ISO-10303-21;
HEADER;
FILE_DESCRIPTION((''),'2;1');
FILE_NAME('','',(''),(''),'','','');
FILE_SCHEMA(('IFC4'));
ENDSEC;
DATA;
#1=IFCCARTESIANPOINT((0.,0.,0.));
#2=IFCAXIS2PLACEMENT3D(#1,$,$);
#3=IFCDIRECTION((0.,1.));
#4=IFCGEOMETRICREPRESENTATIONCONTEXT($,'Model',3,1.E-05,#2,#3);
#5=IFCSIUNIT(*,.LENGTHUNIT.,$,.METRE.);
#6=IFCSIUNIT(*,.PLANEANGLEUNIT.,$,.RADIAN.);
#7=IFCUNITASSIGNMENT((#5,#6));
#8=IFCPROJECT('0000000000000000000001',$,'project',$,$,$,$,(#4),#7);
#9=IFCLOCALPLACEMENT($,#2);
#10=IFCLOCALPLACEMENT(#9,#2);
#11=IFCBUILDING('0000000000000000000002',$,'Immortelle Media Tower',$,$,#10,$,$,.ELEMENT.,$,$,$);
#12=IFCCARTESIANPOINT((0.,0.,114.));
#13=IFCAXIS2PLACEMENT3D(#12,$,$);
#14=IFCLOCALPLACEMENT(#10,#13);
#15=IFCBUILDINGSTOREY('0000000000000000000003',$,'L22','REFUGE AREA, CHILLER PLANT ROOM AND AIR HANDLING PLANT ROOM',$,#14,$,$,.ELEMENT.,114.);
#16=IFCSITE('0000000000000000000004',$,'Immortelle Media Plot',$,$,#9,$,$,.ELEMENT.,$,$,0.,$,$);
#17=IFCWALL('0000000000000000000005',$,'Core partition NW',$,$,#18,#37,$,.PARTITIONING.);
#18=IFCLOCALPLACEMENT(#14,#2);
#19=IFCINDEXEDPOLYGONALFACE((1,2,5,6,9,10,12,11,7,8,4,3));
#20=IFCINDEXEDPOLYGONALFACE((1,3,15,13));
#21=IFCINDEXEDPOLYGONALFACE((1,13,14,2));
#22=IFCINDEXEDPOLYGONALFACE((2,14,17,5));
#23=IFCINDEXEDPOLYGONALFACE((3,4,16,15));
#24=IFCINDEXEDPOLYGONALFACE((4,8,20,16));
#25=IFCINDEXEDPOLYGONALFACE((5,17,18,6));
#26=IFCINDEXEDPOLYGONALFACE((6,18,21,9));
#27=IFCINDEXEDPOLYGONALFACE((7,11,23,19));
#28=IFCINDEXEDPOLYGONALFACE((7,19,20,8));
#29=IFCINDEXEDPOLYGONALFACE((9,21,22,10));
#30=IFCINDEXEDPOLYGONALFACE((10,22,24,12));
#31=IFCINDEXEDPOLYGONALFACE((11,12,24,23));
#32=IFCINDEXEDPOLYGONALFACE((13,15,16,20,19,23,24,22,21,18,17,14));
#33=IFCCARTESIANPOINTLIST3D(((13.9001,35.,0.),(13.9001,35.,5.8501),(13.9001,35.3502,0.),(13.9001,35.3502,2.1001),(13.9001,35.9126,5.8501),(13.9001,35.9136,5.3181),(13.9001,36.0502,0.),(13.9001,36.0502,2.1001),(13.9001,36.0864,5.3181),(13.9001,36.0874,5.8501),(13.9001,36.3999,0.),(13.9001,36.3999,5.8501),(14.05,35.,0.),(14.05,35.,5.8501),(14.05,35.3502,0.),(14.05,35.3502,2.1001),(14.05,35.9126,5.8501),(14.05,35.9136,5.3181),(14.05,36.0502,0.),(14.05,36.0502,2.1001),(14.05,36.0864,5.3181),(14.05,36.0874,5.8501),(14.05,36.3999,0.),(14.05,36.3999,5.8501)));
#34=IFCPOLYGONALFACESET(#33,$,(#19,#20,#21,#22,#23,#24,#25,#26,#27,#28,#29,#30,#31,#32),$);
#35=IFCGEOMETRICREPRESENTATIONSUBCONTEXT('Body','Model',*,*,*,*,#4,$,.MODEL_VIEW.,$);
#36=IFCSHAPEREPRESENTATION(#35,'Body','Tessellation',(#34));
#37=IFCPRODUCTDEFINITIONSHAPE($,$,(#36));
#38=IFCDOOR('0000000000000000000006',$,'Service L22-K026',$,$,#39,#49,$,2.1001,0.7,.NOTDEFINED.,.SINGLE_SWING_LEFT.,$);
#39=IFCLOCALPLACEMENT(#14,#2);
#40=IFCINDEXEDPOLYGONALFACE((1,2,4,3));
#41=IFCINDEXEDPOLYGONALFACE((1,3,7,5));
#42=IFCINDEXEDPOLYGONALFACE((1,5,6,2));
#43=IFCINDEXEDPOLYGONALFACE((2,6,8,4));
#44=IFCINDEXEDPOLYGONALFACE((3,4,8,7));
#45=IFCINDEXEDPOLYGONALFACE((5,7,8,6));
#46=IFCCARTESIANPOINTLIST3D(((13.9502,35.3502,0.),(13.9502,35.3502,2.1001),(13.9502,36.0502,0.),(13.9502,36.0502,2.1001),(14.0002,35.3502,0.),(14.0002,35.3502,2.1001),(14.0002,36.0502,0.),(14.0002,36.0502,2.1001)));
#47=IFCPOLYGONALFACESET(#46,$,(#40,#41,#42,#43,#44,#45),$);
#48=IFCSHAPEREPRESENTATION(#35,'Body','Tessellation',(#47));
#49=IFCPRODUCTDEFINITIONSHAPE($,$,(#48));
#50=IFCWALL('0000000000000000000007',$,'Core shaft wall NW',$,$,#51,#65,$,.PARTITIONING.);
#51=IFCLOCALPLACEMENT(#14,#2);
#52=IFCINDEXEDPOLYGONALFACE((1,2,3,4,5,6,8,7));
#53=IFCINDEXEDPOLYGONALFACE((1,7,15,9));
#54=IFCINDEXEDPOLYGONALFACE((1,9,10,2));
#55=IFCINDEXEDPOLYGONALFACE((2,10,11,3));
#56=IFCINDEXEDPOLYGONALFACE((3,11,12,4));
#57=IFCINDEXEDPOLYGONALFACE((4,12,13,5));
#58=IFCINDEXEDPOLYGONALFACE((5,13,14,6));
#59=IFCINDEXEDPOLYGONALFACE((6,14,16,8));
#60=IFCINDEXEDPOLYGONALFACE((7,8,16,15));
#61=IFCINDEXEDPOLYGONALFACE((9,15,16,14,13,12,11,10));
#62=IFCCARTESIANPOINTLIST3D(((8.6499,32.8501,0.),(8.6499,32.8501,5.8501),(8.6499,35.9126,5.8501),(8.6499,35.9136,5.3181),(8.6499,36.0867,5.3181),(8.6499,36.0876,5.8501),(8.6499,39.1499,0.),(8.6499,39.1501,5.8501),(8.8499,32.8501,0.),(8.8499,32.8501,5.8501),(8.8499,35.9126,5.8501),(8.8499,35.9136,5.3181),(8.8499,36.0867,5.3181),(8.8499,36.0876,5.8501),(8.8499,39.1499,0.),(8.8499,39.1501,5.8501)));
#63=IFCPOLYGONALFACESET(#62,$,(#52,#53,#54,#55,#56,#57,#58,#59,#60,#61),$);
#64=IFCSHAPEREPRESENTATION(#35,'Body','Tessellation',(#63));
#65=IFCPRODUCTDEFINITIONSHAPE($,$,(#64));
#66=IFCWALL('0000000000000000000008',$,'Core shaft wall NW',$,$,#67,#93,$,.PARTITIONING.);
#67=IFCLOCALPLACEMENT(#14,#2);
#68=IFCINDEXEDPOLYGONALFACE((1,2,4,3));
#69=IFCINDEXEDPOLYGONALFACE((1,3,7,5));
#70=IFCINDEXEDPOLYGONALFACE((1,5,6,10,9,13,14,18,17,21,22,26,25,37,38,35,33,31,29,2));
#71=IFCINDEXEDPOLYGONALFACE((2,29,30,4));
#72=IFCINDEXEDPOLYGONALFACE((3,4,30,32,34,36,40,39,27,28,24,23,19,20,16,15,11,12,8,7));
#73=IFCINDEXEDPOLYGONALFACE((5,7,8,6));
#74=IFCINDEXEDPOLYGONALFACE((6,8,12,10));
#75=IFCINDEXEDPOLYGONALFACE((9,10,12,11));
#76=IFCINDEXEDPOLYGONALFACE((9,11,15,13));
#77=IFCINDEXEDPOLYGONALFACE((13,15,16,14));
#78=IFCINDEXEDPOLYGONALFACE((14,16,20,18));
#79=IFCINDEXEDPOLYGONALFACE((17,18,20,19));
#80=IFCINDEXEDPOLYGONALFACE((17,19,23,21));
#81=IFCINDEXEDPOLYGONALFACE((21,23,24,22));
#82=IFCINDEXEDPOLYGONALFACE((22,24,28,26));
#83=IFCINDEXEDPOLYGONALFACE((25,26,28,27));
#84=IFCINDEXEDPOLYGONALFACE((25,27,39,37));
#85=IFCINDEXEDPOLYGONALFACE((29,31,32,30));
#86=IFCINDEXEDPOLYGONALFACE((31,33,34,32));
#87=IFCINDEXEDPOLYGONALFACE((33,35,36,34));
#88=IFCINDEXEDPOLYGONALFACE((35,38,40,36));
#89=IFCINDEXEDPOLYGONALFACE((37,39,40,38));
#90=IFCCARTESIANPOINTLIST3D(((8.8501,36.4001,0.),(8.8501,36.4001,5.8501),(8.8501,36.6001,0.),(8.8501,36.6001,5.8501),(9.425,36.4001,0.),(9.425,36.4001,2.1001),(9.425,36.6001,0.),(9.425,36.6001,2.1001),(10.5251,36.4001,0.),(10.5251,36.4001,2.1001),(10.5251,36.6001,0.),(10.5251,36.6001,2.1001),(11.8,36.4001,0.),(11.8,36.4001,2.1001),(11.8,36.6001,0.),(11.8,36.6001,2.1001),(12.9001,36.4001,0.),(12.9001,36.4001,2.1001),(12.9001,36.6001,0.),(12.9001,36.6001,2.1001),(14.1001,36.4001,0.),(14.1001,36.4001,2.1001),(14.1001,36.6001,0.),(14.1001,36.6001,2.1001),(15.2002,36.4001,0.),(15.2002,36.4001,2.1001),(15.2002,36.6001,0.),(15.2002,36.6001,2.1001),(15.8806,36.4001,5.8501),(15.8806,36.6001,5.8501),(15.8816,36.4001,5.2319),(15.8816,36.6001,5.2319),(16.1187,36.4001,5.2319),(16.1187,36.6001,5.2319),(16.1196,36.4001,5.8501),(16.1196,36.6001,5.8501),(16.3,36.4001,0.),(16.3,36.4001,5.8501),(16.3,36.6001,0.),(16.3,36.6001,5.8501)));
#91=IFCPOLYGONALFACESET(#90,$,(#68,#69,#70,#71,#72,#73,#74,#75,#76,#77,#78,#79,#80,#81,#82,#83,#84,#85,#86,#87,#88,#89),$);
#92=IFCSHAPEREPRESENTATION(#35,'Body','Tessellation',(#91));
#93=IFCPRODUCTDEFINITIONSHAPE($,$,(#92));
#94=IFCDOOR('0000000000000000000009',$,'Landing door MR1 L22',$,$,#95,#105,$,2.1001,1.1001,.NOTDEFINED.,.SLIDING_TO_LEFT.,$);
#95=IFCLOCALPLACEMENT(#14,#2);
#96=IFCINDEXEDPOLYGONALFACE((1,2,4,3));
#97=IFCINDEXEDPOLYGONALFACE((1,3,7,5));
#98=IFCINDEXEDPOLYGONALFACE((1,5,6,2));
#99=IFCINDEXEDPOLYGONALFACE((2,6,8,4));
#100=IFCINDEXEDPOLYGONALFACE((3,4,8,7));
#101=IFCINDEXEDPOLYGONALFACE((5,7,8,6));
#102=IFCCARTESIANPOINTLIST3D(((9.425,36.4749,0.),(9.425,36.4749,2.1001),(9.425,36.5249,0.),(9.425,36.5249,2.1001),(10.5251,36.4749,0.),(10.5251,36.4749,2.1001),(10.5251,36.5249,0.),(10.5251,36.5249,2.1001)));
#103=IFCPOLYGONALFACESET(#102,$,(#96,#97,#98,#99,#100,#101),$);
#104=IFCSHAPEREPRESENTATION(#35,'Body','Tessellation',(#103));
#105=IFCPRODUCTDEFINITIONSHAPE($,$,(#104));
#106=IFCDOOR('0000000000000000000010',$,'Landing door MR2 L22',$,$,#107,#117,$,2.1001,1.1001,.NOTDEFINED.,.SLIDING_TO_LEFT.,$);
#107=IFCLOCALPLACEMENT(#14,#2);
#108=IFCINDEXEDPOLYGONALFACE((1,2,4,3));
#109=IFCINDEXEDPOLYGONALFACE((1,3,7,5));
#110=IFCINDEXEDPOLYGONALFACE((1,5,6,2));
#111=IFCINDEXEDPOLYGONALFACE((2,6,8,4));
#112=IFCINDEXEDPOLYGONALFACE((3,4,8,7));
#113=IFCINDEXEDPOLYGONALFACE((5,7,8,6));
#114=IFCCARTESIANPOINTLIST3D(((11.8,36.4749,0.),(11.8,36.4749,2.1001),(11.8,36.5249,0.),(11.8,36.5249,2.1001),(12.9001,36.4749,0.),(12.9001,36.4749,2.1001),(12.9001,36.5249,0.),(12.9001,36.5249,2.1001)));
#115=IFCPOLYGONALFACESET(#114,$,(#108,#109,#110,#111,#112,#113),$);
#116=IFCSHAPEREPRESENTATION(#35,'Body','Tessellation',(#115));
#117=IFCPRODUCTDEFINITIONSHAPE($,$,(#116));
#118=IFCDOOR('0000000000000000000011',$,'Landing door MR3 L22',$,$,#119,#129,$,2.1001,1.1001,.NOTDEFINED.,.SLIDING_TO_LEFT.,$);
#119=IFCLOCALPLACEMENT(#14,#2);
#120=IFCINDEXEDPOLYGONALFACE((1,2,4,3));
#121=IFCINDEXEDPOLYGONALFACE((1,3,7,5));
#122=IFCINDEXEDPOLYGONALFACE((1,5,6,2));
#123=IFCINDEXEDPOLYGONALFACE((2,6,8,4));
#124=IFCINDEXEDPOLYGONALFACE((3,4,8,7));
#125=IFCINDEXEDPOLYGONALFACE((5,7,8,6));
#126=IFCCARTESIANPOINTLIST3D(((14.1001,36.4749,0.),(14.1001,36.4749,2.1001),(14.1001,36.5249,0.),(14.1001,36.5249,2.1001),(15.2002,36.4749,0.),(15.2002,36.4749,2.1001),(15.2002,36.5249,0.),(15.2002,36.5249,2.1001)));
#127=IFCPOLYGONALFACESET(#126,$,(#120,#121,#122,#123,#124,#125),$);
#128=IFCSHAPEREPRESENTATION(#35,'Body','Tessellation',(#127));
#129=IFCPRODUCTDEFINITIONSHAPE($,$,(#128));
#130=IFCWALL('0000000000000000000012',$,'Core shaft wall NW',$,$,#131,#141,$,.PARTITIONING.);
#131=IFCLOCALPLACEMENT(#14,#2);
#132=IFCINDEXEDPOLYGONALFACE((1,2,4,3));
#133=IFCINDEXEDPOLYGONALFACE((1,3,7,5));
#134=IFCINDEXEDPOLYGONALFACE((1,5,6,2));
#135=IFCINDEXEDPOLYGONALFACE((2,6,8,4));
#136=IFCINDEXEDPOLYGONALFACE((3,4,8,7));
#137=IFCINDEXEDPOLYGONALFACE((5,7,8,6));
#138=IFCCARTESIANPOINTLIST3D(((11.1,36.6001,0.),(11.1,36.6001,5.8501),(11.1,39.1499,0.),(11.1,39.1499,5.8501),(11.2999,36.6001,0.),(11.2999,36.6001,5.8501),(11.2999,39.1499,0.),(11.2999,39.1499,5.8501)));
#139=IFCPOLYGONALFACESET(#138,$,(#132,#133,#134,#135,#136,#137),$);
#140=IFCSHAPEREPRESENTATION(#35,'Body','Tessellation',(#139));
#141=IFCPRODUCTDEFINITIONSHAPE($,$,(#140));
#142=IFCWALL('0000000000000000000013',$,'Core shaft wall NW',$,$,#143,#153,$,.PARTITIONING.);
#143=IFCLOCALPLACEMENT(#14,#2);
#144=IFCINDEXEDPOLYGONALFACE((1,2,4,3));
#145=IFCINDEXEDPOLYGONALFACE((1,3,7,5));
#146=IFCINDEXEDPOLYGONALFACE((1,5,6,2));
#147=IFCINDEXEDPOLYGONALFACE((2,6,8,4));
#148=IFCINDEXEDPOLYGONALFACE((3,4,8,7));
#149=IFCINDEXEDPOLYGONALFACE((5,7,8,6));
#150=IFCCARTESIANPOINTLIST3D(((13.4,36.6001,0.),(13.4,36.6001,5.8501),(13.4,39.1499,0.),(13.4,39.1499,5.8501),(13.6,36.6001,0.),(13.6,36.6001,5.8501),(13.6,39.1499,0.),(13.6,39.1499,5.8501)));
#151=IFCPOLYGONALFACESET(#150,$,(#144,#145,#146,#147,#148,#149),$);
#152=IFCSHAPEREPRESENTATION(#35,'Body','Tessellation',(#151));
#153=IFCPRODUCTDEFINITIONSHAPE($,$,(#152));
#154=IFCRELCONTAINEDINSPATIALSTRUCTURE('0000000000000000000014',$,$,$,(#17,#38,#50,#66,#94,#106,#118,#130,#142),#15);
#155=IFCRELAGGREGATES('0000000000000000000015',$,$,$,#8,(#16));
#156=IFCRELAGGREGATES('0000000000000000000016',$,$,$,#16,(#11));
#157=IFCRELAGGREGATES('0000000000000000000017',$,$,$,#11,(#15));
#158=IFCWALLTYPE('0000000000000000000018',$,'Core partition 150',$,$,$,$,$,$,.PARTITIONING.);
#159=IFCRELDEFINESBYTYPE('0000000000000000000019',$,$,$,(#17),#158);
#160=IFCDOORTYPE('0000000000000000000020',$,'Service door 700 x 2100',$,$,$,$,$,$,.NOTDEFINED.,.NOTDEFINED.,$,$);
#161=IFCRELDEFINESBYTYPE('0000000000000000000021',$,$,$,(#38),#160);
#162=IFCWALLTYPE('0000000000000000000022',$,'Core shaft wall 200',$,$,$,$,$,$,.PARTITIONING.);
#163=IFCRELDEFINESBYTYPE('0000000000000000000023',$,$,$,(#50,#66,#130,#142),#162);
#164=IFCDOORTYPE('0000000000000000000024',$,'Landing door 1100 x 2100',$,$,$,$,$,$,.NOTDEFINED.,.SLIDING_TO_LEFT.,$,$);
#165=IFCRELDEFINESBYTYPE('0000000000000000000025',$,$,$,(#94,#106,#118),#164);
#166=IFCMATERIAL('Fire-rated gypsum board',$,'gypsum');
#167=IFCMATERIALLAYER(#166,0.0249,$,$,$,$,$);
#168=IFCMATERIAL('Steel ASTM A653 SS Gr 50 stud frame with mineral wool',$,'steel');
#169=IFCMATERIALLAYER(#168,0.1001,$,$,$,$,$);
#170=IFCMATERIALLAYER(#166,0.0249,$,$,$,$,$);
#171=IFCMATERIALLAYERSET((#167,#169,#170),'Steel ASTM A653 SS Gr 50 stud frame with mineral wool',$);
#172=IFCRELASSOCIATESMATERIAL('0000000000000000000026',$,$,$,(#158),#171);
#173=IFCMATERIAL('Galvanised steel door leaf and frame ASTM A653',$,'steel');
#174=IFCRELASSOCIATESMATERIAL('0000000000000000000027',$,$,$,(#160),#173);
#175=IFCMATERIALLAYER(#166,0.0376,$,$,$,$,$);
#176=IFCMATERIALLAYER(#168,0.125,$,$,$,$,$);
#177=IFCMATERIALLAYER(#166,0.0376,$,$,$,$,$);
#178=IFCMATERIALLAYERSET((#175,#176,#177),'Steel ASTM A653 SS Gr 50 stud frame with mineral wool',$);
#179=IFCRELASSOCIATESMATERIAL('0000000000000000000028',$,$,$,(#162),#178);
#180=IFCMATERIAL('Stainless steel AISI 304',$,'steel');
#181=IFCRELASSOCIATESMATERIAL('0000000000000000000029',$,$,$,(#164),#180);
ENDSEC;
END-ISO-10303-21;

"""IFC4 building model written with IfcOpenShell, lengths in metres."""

from ifc_helpers import new_model, si_unit, direction, frame, frame_2d, origin, place, context, subcontext, project, spatial, polyline, rectangle, outline, extrude, material, layer, layer_set, type_object, element, fill, save


model = new_model("IFC4")

# Units and contexts
model_context = context("Model", 3, precision=1e-05, world=origin(), true_north=direction((0.0, 1.0)))
body_context = subcontext(model_context, "Body", "Model", "MODEL_VIEW")
ifc_project = project(units=[si_unit("LENGTHUNIT", "METRE"), si_unit("PLANEANGLEUNIT", "RADIAN")], contexts=[model_context])

# Site, building, storey
site_placement = place(None, origin())
site = spatial("IfcSite", under=ifc_project, at=site_placement, Name="Immortelle Media Plot", CompositionType="ELEMENT", RefElevation=0.0)
building_placement = place(site_placement, origin())
building = spatial("IfcBuilding", under=site, at=building_placement, Name="Immortelle Media Tower", CompositionType="ELEMENT")
storey_placement = place(building_placement, frame((0.0, 0.0, 114.0)))
storey = spatial("IfcBuildingStorey", under=building, at=storey_placement, Name="L22", Description="REFUGE AREA, CHILLER PLANT ROOM AND AIR HANDLING PLANT ROOM", CompositionType="ELEMENT", Elevation=114.0)

# Shared definitions
ifc_material_1 = material(Name="Fire-rated gypsum board", Category="gypsum")
ifc_layer_1 = layer(ifc_material_1, 0.0249)
ifc_material_2 = material(Name="Steel ASTM A653 SS Gr 50 stud frame with mineral wool", Category="steel")
ifc_layer_2 = layer(ifc_material_2, 0.1001)
ifc_layer_3 = layer(ifc_material_1, 0.0249)
ifc_layer_set_1 = layer_set([ifc_layer_1, ifc_layer_2, ifc_layer_3], Name="Steel ASTM A653 SS Gr 50 stud frame with mineral wool")
wall_type_1 = type_object("IfcWallType", Name="Core partition 150", PredefinedType="PARTITIONING", material=ifc_layer_set_1)

# Shared definitions
ifc_material_3 = material(Name="Galvanised steel door leaf and frame ASTM A653", Category="steel")

# Wall, opening, door
wall_1_placement = place(storey_placement, frame((13.9751, 35.0, 0.0), z_axis=(0.0, 0.0, 1.0), x_axis=(0.0, 1.0, 0.0)))
wall_1 = element("IfcWall", 1, at=wall_1_placement, inside=storey, type_object=wall_type_1, Name="Core partition NW", PredefinedType="PARTITIONING", context=body_context, shape_type="SweptSolid", body=[
    extrude(outline(polyline([(0.0, 0.0), (1.3999, 0.0), (1.3999, 5.8501), (1.0874, 5.8501), (1.0864, 5.3181), (0.9136, 5.3181), (0.9126, 5.8501), (0.0, 5.8501), (0.0, 0.0)])), frame((0.0, 0.075, 0.0), z_axis=(0.0, -1.0, 0.0), x_axis=(1.0, 0.0, 0.0)), (0.0, 0.0, 1.0), 0.1499),
])
opening_1_placement = place(wall_1_placement, frame((0.3501, 0.0, 0.0)))
opening_1 = element("IfcOpeningElement", 2, at=opening_1_placement, cuts=wall_1, PredefinedType="OPENING", context=body_context, shape_type="SweptSolid", body=[
    extrude(rectangle(XDim=0.7, YDim=2.1001, at=frame_2d((0.3501, 1.05))), frame((0.0, 0.085, 0.0), z_axis=(0.0, -1.0, 0.0), x_axis=(1.0, 0.0, 0.0)), (0.0, 0.0, 1.0), 0.1699),
])
door_type_1 = type_object("IfcDoorType", Name="Service door 700 x 2100", OperationType="NOTDEFINED", PredefinedType="NOTDEFINED", material=ifc_material_3)
door_1_placement = place(opening_1_placement, origin())
door_1 = element("IfcDoor", 3, at=door_1_placement, inside=storey, type_object=door_type_1, Name="Service L22-K026", OperationType="SINGLE_SWING_LEFT", OverallHeight=2.1001, OverallWidth=0.7, PredefinedType="NOTDEFINED", context=body_context, shape_type="SweptSolid", body=[
    extrude(rectangle(XDim=0.7, YDim=2.1001, at=frame_2d((0.3501, 1.05))), frame((0.0, 0.0249, 0.0), z_axis=(0.0, -1.0, 0.0), x_axis=(1.0, 0.0, 0.0)), (0.0, 0.0, 1.0), 0.05),
])
fill(opening_1, door_1)

# Wall
ifc_layer_4 = layer(ifc_material_1, 0.0376)
ifc_layer_5 = layer(ifc_material_2, 0.125)
ifc_layer_6 = layer(ifc_material_1, 0.0376)
ifc_layer_set_2 = layer_set([ifc_layer_4, ifc_layer_5, ifc_layer_6], Name="Steel ASTM A653 SS Gr 50 stud frame with mineral wool")
wall_type_2 = type_object("IfcWallType", Name="Core shaft wall 200", PredefinedType="PARTITIONING", material=ifc_layer_set_2)
wall_2_placement = place(storey_placement, frame((8.75, 32.8501, 0.0), z_axis=(0.0, 0.0, 1.0), x_axis=(0.0, 1.0, 0.0)))
element("IfcWall", 4, at=wall_2_placement, inside=storey, type_object=wall_type_2, Name="Core shaft wall NW", PredefinedType="PARTITIONING", context=body_context, shape_type="SweptSolid", body=[
    extrude(outline(polyline([(0.0, 0.0), (6.2998, 0.0), (6.3, 5.8501), (3.2375, 5.8501), (3.2366, 5.3181), (3.0635, 5.3181), (3.0625, 5.8501), (0.0, 5.8501), (0.0, 0.0)])), frame((0.0, 0.1001, 0.0), z_axis=(0.0, -1.0, 0.0), x_axis=(1.0, 0.0, 0.0)), (0.0, 0.0, 1.0), 0.2),
])

# Wall, openings, doors
wall_3_placement = place(storey_placement, frame((8.8501, 36.5, 0.0), z_axis=(0.0, 0.0, 1.0), x_axis=(1.0, 0.0, 0.0)))
wall_3 = element("IfcWall", 5, at=wall_3_placement, inside=storey, type_object=wall_type_2, Name="Core shaft wall NW", PredefinedType="PARTITIONING", context=body_context, shape_type="SweptSolid", body=[
    extrude(outline(polyline([(0.0, 0.0), (7.45, 0.0), (7.45, 5.8501), (7.2695, 5.8501), (7.2686, 5.2319), (7.0315, 5.2319), (7.0305, 5.8501), (0.0, 5.8501), (0.0, 0.0)])), frame((0.0, 0.1001, 0.0), z_axis=(0.0, -1.0, 0.0), x_axis=(1.0, 0.0, 0.0)), (0.0, 0.0, 1.0), 0.2),
])
opening_2_placement = place(wall_3_placement, frame((0.575, 0.0, 0.0)))
opening_2 = element("IfcOpeningElement", 6, at=opening_2_placement, cuts=wall_3, PredefinedType="OPENING", context=body_context, shape_type="SweptSolid", body=[
    extrude(rectangle(XDim=1.1001, YDim=2.1001, at=frame_2d((0.55, 1.05))), frame((0.0, 0.1099, 0.0), z_axis=(0.0, -1.0, 0.0), x_axis=(1.0, 0.0, 0.0)), (0.0, 0.0, 1.0), 0.22),
])
opening_3_placement = place(wall_3_placement, frame((2.95, 0.0, 0.0)))
opening_3 = element("IfcOpeningElement", 7, at=opening_3_placement, cuts=wall_3, PredefinedType="OPENING", context=body_context, shape_type="SweptSolid", body=[
    extrude(rectangle(XDim=1.1001, YDim=2.1001, at=frame_2d((0.55, 1.05))), frame((0.0, 0.1099, 0.0), z_axis=(0.0, -1.0, 0.0), x_axis=(1.0, 0.0, 0.0)), (0.0, 0.0, 1.0), 0.22),
])
opening_4_placement = place(wall_3_placement, frame((5.25, 0.0, 0.0)))
opening_4 = element("IfcOpeningElement", 8, at=opening_4_placement, cuts=wall_3, PredefinedType="OPENING", context=body_context, shape_type="SweptSolid", body=[
    extrude(rectangle(XDim=1.1001, YDim=2.1001, at=frame_2d((0.55, 1.05))), frame((0.0, 0.1099, 0.0), z_axis=(0.0, -1.0, 0.0), x_axis=(1.0, 0.0, 0.0)), (0.0, 0.0, 1.0), 0.22),
])
ifc_material_4 = material(Name="Stainless steel AISI 304", Category="steel")
door_type_2 = type_object("IfcDoorType", Name="Landing door 1100 x 2100", OperationType="SLIDING_TO_LEFT", PredefinedType="NOTDEFINED", material=ifc_material_4)
door_2_placement = place(opening_2_placement, origin())
door_2 = element("IfcDoor", 9, at=door_2_placement, inside=storey, type_object=door_type_2, Name="Landing door MR1 L22", OperationType="SLIDING_TO_LEFT", OverallHeight=2.1001, OverallWidth=1.1001, PredefinedType="NOTDEFINED", context=body_context, shape_type="SweptSolid", body=[
    extrude(rectangle(XDim=1.1001, YDim=2.1001, at=frame_2d((0.55, 1.05))), frame((0.0, 0.0249, 0.0), z_axis=(0.0, -1.0, 0.0), x_axis=(1.0, 0.0, 0.0)), (0.0, 0.0, 1.0), 0.05),
])
fill(opening_2, door_2)
door_3_placement = place(opening_3_placement, origin())
door_3 = element("IfcDoor", 10, at=door_3_placement, inside=storey, type_object=door_type_2, Name="Landing door MR2 L22", OperationType="SLIDING_TO_LEFT", OverallHeight=2.1001, OverallWidth=1.1001, PredefinedType="NOTDEFINED", context=body_context, shape_type="SweptSolid", body=[
    extrude(rectangle(XDim=1.1001, YDim=2.1001, at=frame_2d((0.55, 1.05))), frame((0.0, 0.0249, 0.0), z_axis=(0.0, -1.0, 0.0), x_axis=(1.0, 0.0, 0.0)), (0.0, 0.0, 1.0), 0.05),
])
fill(opening_3, door_3)
door_4_placement = place(opening_4_placement, origin())
door_4 = element("IfcDoor", 11, at=door_4_placement, inside=storey, type_object=door_type_2, Name="Landing door MR3 L22", OperationType="SLIDING_TO_LEFT", OverallHeight=2.1001, OverallWidth=1.1001, PredefinedType="NOTDEFINED", context=body_context, shape_type="SweptSolid", body=[
    extrude(rectangle(XDim=1.1001, YDim=2.1001, at=frame_2d((0.55, 1.05))), frame((0.0, 0.0249, 0.0), z_axis=(0.0, -1.0, 0.0), x_axis=(1.0, 0.0, 0.0)), (0.0, 0.0, 1.0), 0.05),
])
fill(opening_4, door_4)

# Walls
for number, where, z_axis, x_axis, name in (
    (12, (11.2, 36.6001, 0.0), (0.0, 0.0, 1.0), (0.0, 1.0, 0.0), "Core shaft wall NW"),
    (13, (13.5, 36.6001, 0.0), (0.0, 0.0, 1.0), (0.0, 1.0, 0.0), "Core shaft wall NW"),
):
    element("IfcWall", number, at=place(storey_placement, frame(where, z_axis=z_axis, x_axis=x_axis)), inside=storey, type_object=wall_type_2, Name=name, PredefinedType="PARTITIONING", context=body_context, shape_type="SweptSolid", body=[
        extrude(rectangle(XDim=2.5498, YDim=0.2, at=frame_2d((1.2749, 0.0))), origin(), (0.0, 0.0, 1.0), 5.8501),
    ])

save(model, "model.ifc")
